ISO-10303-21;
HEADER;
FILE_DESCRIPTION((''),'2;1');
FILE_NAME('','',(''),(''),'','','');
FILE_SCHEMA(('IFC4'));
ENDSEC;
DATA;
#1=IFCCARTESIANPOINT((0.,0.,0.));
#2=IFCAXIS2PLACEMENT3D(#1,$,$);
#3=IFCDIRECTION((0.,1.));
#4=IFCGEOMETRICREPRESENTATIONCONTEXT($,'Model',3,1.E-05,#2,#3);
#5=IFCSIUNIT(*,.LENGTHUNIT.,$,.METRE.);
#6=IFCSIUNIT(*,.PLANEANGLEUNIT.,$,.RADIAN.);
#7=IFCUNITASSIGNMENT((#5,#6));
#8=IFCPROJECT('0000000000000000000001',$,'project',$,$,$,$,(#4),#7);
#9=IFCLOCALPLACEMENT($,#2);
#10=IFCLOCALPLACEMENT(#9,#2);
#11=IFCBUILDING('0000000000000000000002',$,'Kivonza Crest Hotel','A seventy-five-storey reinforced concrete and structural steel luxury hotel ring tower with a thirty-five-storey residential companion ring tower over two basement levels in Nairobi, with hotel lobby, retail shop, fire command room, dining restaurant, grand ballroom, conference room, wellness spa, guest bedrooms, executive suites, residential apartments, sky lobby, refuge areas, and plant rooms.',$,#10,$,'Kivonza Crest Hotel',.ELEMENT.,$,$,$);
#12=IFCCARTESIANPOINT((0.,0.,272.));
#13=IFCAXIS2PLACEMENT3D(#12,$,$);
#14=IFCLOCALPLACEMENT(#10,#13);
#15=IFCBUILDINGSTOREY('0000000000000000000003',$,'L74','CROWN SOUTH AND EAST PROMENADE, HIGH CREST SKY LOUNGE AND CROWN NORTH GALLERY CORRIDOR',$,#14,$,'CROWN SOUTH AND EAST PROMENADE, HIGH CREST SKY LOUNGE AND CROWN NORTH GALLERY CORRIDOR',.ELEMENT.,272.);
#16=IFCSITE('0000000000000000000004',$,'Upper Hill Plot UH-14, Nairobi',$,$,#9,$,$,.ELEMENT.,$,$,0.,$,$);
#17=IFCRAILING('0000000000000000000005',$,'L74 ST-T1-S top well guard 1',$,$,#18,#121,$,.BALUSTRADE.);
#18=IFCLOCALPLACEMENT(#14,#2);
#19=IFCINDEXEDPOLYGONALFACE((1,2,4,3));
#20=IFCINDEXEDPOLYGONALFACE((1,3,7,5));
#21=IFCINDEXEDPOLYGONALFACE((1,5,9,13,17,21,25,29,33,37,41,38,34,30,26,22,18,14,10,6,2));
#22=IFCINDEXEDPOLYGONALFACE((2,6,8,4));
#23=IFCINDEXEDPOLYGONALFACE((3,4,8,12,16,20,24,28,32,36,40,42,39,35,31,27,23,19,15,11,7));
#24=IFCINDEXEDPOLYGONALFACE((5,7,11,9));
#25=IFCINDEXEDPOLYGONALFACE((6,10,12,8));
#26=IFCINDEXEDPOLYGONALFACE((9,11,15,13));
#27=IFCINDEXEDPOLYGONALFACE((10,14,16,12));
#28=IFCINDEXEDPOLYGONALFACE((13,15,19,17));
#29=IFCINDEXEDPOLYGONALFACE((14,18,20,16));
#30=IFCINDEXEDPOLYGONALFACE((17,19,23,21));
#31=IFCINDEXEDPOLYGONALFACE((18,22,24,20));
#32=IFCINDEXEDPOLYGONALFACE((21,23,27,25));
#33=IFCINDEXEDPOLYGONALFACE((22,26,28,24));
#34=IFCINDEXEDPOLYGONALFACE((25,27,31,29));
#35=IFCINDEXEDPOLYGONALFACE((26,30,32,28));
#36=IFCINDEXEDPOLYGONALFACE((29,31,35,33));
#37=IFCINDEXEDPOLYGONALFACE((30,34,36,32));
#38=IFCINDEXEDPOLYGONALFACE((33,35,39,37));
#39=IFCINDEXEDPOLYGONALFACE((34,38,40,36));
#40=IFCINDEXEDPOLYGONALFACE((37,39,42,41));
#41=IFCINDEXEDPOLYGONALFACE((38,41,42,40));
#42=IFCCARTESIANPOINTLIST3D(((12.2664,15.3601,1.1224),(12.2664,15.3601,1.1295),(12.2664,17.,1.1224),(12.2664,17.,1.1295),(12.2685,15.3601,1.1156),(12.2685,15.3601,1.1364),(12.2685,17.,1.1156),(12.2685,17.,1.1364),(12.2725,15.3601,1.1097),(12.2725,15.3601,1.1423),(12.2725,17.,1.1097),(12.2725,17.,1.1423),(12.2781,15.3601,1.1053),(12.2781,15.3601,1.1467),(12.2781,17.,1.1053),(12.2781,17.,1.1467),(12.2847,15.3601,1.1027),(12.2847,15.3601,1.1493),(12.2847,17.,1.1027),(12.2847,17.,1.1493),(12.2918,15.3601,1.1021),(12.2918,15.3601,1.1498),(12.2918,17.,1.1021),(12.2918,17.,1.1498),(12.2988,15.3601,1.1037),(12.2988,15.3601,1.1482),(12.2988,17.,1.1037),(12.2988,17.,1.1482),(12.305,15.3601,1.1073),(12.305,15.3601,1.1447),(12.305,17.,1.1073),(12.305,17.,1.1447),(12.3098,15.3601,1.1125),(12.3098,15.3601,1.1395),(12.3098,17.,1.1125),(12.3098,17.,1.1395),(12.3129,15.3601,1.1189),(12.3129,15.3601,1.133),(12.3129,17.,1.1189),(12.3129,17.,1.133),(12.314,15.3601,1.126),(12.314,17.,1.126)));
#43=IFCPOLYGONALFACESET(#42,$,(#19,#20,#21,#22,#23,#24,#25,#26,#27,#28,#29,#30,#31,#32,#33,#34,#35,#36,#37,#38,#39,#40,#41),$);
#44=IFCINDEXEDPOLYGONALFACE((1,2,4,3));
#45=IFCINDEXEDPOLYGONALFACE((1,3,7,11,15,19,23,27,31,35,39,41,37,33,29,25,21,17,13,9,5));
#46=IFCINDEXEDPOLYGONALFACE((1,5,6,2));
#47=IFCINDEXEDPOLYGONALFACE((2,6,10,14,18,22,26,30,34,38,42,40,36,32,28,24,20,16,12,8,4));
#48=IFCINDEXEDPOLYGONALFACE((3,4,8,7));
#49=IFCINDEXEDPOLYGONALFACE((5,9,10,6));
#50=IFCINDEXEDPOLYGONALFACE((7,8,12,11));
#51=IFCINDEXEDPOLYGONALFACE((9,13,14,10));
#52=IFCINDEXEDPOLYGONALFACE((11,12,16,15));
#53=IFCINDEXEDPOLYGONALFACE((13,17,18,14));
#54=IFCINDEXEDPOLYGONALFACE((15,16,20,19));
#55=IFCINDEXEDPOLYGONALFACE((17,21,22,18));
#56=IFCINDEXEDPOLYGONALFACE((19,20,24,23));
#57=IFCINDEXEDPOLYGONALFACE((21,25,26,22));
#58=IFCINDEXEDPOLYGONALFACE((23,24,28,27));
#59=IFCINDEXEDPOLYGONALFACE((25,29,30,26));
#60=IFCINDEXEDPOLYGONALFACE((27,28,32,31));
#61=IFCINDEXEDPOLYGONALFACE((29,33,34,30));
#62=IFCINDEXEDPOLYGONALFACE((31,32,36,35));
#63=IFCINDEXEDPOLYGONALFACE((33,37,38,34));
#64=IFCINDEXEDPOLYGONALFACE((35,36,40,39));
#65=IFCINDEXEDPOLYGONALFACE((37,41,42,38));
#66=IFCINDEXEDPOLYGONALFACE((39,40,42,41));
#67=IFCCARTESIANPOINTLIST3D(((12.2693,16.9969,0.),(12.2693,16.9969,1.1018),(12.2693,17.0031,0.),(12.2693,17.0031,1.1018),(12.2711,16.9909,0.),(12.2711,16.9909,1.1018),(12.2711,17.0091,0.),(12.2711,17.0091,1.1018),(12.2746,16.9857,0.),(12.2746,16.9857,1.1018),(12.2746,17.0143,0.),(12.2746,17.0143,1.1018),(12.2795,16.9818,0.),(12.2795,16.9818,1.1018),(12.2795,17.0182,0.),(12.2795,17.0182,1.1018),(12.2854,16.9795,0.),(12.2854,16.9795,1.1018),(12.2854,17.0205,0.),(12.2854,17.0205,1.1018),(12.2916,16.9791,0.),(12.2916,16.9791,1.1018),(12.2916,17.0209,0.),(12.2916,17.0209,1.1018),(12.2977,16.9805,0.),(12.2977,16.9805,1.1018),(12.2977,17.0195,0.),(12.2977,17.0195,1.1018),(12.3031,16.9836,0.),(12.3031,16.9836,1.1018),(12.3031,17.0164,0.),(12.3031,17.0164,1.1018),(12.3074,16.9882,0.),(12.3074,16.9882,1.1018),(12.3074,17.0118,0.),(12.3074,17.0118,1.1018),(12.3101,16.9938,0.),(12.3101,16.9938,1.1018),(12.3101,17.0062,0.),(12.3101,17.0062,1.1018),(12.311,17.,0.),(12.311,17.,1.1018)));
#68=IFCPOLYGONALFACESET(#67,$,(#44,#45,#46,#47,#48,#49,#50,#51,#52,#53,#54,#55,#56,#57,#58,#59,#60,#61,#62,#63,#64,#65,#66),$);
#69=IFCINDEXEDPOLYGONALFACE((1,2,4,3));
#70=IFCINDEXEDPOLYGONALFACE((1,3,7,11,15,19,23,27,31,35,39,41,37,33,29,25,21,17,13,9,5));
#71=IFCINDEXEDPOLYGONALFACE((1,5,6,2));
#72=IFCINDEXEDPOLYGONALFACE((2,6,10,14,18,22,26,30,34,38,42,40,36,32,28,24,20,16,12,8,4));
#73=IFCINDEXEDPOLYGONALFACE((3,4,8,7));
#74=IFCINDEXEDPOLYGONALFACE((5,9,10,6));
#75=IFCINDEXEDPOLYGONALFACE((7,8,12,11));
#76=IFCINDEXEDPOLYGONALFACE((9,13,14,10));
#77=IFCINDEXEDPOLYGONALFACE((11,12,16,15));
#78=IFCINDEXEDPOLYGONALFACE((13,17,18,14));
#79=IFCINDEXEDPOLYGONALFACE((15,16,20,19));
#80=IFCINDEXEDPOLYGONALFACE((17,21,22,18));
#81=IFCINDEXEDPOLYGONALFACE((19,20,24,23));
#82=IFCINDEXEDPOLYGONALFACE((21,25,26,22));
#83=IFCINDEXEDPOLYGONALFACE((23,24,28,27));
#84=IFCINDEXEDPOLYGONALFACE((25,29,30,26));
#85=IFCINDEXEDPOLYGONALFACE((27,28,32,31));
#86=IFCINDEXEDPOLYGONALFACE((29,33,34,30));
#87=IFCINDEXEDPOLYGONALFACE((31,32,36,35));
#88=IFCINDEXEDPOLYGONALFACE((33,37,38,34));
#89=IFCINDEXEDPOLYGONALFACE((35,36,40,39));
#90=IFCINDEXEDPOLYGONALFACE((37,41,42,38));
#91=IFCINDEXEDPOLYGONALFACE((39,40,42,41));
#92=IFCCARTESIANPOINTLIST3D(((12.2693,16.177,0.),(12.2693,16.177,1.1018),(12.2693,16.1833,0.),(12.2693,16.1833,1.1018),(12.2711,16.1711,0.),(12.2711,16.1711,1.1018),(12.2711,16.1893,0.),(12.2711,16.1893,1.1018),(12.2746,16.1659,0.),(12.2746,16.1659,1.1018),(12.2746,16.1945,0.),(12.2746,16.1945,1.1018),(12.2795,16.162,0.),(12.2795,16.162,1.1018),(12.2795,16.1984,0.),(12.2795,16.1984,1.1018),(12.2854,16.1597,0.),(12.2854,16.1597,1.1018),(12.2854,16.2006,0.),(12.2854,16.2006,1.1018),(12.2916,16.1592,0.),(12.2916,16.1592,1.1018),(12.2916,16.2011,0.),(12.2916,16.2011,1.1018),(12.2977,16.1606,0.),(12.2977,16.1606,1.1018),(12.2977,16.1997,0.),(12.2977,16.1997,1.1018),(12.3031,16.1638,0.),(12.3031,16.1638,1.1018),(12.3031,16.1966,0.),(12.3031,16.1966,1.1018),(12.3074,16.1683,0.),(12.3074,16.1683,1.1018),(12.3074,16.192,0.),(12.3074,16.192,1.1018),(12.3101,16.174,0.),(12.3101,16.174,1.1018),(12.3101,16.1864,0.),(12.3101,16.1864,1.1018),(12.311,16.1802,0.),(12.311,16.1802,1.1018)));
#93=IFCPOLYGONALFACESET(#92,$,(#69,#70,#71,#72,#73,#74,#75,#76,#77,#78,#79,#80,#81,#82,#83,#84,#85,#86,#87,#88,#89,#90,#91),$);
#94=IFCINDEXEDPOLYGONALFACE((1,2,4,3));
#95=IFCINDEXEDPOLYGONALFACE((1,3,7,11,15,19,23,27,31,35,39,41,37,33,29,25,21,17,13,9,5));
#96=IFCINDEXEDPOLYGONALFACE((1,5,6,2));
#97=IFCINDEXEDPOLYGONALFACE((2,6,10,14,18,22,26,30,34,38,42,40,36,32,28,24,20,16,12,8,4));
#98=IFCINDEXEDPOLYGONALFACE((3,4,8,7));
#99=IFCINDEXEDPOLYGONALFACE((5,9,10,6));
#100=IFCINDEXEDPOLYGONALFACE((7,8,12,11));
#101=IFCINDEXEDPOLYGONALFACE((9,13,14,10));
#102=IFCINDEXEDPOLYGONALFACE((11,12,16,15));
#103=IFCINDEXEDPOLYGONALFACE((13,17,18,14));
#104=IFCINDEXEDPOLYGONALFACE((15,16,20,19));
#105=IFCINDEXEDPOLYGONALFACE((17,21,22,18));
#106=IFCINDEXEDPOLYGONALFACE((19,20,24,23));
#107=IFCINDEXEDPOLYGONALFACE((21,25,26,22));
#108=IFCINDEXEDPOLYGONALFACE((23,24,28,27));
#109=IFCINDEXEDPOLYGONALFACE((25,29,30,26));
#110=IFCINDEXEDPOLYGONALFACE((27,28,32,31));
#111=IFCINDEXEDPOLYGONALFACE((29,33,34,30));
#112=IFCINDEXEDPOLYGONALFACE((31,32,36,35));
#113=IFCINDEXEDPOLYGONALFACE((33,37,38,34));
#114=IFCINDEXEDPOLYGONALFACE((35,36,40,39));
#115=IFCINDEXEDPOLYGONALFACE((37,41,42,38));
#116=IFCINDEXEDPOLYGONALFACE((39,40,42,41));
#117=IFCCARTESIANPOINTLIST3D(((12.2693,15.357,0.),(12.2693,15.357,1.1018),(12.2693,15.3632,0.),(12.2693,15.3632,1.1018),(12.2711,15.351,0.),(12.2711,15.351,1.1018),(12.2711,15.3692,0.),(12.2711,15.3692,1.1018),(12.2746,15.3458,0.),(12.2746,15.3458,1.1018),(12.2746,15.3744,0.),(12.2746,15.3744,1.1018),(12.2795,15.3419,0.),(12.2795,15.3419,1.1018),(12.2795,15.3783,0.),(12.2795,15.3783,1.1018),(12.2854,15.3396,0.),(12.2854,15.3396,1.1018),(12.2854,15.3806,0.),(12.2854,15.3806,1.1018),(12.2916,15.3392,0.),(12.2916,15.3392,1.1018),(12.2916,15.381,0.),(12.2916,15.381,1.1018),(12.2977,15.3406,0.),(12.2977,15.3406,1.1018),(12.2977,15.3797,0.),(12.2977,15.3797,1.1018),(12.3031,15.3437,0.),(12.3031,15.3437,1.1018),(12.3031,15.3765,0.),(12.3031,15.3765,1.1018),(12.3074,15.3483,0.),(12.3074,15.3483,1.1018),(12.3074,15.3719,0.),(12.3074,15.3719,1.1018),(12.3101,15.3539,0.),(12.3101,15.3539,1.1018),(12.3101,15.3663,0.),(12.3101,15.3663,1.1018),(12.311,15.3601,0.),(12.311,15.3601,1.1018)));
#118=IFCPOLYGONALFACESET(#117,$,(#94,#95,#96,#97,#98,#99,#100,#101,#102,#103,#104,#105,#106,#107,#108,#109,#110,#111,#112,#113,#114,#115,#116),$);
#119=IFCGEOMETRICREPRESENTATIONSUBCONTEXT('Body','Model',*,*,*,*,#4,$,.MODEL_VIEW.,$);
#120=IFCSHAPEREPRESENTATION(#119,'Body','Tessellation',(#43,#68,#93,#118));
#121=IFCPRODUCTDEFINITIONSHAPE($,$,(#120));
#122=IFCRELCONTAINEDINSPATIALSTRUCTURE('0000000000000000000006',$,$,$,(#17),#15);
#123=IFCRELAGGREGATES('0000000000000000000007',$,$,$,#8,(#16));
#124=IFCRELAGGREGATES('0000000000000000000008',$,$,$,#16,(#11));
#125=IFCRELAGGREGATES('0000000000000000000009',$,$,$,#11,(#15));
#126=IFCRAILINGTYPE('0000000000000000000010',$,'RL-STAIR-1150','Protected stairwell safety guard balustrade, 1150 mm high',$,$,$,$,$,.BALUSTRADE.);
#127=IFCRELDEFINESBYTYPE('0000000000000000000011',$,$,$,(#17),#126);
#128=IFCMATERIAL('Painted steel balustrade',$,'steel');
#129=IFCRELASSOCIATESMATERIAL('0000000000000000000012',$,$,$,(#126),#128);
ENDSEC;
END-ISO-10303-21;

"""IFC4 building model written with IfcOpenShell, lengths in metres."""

from ifc_helpers import new_model, si_unit, direction, frame, origin, origin_2d, place, context, subcontext, project, spatial, circle, extrude, material, type_object, element, save


model = new_model("IFC4")

# Units and contexts
model_context = context("Model", 3, precision=1e-05, world=origin(), true_north=direction((0.0, 1.0)))
body_context = subcontext(model_context, "Body", "Model", "MODEL_VIEW")
ifc_project = project(units=[si_unit("LENGTHUNIT", "METRE"), si_unit("PLANEANGLEUNIT", "RADIAN")], contexts=[model_context])

# Site, building, storey
site_placement = place(None, origin())
site = spatial("IfcSite", under=ifc_project, at=site_placement, Name="Upper Hill Plot UH-14, Nairobi", CompositionType="ELEMENT", RefElevation=0.0)
building_placement = place(site_placement, origin())
building = spatial("IfcBuilding", under=site, at=building_placement, Name="Kivonza Crest Hotel", Description="A seventy-five-storey reinforced concrete and structural steel luxury hotel ring tower with a thirty-five-storey residential companion ring tower over two basement levels in Nairobi, with hotel lobby, retail shop, fire command room, dining restaurant, grand ballroom, conference room, wellness spa, guest bedrooms, executive suites, residential apartments, sky lobby, refuge areas, and plant rooms.", LongName="Kivonza Crest Hotel", CompositionType="ELEMENT")
storey_placement = place(building_placement, frame((0.0, 0.0, 272.0)))
storey = spatial("IfcBuildingStorey", under=building, at=storey_placement, Name="L74", Description="CROWN SOUTH AND EAST PROMENADE, HIGH CREST SKY LOUNGE AND CROWN NORTH GALLERY CORRIDOR", LongName="CROWN SOUTH AND EAST PROMENADE, HIGH CREST SKY LOUNGE AND CROWN NORTH GALLERY CORRIDOR", CompositionType="ELEMENT", Elevation=272.0)

# Railing
ifc_material_1 = material(Name="Painted steel balustrade", Category="steel")
railing_type = type_object("IfcRailingType", Name="RL-STAIR-1150", Description="Protected stairwell safety guard balustrade, 1150 mm high", PredefinedType="BALUSTRADE", material=ifc_material_1)
railing_placement = place(storey_placement, frame((12.29, 17.0, 0.0)))
element("IfcRailing", 1, at=railing_placement, inside=storey, type_object=railing_type, Name="L74 ST-T1-S top well guard 1", PredefinedType="BALUSTRADE", context=body_context, shape_type="SweptSolid", body=[
    extrude(circle(Radius=0.0239, at=origin_2d()), frame((0.0, 0.0, 1.126), z_axis=(0.0, -1.0, 0.0), x_axis=(1.0, 0.0, 0.0)), (0.0, 0.0, 1.0), 1.6399),
    extrude(circle(Radius=0.021, at=origin_2d()), origin(), (0.0, 0.0, 1.0), 1.1018),
    extrude(circle(Radius=0.021, at=origin_2d()), frame((0.0, -0.8198, 0.0)), (0.0, 0.0, 1.0), 1.1018),
    extrude(circle(Radius=0.021, at=origin_2d()), frame((0.0, -1.6399, 0.0)), (0.0, 0.0, 1.0), 1.1018),
])

save(model, "model.ifc")
